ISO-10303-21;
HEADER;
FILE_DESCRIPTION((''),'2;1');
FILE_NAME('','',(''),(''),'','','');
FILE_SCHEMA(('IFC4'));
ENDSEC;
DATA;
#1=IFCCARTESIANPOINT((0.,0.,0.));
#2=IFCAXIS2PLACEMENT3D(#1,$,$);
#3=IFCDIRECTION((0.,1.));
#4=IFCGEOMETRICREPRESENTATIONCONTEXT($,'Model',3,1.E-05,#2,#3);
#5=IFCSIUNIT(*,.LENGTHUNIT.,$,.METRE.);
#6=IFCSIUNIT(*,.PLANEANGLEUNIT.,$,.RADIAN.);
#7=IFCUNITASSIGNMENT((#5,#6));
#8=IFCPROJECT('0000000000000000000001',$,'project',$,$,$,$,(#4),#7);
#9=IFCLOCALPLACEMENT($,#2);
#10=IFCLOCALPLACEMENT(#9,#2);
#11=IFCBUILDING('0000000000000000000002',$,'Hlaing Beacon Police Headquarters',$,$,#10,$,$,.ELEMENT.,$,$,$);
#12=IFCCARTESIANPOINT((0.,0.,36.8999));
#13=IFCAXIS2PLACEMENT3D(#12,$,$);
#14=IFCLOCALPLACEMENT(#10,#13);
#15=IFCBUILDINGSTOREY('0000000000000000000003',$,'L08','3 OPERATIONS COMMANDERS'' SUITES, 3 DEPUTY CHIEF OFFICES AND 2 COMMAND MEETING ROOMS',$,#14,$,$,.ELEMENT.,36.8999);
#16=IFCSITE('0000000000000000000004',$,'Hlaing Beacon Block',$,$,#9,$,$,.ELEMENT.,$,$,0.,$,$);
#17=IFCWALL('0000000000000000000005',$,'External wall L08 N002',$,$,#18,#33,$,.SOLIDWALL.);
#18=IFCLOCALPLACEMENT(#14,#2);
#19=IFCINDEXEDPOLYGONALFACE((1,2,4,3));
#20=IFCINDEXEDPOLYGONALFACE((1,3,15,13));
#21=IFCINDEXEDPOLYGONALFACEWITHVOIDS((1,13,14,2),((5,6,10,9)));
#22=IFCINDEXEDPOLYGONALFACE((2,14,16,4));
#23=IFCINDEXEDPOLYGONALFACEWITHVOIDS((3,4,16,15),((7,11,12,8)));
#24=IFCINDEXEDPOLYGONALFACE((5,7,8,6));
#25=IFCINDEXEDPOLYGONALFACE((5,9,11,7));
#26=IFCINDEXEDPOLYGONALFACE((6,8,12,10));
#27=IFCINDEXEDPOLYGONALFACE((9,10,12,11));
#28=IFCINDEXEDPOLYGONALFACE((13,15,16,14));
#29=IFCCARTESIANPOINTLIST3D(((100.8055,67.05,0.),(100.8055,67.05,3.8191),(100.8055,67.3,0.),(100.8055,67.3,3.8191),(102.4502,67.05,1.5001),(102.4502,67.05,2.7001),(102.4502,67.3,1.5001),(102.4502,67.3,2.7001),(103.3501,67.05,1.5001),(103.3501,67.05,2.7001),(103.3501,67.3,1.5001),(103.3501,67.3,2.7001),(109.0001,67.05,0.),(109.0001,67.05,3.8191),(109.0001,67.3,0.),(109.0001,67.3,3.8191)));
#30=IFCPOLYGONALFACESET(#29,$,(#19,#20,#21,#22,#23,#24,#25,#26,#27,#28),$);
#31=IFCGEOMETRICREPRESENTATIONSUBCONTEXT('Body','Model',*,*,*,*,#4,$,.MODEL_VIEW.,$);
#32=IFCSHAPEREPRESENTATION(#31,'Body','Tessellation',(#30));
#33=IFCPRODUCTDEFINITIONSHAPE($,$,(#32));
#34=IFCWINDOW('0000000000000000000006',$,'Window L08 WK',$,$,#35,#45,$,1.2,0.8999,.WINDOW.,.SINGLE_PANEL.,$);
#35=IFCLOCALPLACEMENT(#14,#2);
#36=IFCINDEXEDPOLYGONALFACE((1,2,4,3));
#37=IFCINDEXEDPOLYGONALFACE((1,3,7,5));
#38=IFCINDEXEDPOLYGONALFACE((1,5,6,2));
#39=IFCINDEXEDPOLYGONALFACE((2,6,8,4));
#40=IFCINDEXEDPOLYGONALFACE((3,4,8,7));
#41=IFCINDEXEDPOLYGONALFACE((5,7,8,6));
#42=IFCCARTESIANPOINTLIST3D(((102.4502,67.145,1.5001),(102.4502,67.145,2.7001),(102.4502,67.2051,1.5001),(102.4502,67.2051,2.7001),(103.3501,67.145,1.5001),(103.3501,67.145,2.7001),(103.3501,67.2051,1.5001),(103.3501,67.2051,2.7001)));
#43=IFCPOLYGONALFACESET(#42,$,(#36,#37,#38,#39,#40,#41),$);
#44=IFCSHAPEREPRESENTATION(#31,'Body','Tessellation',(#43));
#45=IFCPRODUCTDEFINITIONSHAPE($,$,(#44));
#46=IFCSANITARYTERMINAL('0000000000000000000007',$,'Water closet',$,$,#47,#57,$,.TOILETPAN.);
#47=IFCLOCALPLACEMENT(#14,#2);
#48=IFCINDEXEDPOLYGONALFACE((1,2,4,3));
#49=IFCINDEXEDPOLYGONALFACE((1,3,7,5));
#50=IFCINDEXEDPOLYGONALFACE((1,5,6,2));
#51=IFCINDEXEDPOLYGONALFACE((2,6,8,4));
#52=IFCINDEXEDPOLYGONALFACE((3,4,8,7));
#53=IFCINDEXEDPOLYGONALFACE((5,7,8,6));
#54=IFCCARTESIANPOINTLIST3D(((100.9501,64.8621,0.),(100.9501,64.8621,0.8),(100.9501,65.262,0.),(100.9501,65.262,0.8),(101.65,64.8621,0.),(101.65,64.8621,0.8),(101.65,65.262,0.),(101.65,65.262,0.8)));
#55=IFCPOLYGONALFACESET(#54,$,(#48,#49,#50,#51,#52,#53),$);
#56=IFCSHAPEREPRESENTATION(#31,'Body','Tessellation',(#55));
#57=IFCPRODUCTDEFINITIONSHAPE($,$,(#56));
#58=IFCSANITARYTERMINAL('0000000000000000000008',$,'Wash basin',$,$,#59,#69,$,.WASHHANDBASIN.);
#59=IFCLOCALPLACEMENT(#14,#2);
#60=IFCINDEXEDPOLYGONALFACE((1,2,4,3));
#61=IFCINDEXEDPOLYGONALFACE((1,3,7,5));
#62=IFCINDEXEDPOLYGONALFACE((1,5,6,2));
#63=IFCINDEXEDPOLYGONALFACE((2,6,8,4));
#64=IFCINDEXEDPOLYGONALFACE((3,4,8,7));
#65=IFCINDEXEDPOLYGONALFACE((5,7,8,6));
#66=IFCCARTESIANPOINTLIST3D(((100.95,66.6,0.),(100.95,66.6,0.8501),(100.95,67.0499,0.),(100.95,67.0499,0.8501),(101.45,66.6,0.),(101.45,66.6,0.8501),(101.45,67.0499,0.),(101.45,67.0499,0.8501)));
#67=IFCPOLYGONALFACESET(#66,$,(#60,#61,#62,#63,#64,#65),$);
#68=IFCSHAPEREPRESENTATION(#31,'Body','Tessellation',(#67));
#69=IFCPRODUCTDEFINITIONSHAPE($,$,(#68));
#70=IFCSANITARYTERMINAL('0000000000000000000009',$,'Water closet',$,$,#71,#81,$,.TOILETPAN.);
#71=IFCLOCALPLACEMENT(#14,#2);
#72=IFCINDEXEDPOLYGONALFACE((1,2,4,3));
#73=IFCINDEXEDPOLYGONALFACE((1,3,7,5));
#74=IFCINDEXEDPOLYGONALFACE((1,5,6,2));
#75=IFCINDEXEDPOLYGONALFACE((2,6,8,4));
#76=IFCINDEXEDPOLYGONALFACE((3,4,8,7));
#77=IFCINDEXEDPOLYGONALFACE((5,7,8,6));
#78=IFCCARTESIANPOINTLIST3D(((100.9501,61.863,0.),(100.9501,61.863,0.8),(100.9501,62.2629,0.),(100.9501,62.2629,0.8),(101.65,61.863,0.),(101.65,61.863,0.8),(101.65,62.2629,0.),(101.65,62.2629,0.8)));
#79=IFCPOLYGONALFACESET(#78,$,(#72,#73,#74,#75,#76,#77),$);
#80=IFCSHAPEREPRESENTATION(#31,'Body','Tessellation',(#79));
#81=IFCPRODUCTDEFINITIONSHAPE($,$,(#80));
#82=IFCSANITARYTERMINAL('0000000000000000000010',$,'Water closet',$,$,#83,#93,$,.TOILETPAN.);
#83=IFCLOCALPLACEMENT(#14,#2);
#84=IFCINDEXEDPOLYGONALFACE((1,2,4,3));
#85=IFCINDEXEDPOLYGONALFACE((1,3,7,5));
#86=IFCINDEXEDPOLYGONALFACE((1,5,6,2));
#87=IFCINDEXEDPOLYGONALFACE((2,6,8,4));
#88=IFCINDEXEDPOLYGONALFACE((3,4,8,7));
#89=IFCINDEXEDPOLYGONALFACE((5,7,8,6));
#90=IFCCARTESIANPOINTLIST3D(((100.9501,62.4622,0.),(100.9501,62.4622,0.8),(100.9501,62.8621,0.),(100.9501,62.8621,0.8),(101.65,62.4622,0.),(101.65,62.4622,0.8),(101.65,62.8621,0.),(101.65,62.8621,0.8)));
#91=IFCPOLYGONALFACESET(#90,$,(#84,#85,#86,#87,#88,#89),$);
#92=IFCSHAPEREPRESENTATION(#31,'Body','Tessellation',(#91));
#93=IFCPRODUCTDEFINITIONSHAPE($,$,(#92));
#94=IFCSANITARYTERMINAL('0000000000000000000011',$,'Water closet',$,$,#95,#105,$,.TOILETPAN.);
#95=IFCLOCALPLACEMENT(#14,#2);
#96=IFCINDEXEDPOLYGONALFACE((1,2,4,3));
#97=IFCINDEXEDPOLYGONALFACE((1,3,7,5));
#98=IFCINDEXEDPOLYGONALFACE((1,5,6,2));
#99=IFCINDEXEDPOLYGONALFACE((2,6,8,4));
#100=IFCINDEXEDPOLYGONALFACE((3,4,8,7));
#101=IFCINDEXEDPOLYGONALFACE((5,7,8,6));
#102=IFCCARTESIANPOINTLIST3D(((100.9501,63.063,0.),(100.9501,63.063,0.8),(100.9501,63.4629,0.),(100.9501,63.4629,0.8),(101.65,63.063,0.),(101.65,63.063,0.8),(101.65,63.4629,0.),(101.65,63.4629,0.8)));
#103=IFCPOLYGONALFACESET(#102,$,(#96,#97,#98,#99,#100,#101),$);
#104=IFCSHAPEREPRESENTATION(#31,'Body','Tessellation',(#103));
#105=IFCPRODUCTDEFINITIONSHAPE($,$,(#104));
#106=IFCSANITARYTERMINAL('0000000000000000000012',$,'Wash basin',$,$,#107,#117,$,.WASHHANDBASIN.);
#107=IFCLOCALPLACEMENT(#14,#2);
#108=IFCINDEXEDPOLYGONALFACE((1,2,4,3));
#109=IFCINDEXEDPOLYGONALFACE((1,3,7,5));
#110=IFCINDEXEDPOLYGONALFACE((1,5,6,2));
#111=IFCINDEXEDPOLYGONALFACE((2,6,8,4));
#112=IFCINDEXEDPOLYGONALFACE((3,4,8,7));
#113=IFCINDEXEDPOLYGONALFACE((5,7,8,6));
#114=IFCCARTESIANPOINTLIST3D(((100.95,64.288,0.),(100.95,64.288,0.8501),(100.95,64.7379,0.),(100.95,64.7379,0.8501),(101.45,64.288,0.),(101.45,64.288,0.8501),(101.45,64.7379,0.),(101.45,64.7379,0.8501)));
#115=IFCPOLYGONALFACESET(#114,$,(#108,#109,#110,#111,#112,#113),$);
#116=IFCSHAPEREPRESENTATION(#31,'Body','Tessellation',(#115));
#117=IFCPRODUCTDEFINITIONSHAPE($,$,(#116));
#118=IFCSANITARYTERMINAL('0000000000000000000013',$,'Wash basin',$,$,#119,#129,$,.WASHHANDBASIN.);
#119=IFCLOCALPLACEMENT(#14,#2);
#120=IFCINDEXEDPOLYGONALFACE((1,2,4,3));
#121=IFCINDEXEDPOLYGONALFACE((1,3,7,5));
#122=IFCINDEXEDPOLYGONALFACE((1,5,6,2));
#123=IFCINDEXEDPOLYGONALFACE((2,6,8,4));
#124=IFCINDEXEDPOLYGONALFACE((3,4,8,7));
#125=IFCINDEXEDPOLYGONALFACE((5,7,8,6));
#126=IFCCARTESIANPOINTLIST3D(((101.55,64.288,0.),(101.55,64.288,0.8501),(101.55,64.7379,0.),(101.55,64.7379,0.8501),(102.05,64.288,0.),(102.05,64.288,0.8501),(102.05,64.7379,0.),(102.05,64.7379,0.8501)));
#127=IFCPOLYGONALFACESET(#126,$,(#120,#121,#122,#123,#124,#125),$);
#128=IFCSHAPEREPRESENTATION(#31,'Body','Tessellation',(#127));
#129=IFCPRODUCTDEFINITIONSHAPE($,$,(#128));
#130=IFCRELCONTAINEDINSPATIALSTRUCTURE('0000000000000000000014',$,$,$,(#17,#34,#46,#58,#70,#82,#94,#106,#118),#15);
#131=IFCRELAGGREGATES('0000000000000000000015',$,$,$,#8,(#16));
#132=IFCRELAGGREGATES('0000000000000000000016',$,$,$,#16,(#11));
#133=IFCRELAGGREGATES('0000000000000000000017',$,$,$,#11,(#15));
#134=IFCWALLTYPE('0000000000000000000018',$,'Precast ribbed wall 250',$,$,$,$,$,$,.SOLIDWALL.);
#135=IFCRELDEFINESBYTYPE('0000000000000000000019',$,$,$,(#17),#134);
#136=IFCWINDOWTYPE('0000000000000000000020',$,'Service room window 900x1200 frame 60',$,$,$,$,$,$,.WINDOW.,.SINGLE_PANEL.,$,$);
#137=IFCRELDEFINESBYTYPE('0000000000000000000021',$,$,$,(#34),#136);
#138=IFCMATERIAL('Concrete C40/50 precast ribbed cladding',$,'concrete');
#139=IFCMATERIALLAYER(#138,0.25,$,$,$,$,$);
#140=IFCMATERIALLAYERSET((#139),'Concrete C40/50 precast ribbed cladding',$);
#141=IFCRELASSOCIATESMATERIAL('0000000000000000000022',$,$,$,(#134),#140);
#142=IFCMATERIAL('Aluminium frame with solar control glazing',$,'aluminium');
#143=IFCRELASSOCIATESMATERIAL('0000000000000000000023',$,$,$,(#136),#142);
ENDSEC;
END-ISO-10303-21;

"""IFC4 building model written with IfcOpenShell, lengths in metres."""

from ifc_helpers import new_model, si_unit, direction, frame, frame_2d, origin, origin_2d, place, context, subcontext, project, spatial, rectangle, extrude, material, layer, layer_set, type_object, element, fill, save


model = new_model("IFC4")

# Units and contexts
model_context = context("Model", 3, precision=1e-05, world=origin(), true_north=direction((0.0, 1.0)))
body_context = subcontext(model_context, "Body", "Model", "MODEL_VIEW")
ifc_project = project(units=[si_unit("LENGTHUNIT", "METRE"), si_unit("PLANEANGLEUNIT", "RADIAN")], contexts=[model_context])

# Site, building, storey
site_placement = place(None, origin())
site = spatial("IfcSite", under=ifc_project, at=site_placement, Name="Hlaing Beacon Block", CompositionType="ELEMENT", RefElevation=0.0)
building_placement = place(site_placement, origin())
building = spatial("IfcBuilding", under=site, at=building_placement, Name="Hlaing Beacon Police Headquarters", CompositionType="ELEMENT")
storey_placement = place(building_placement, frame((0.0, 0.0, 36.8999)))
storey = spatial("IfcBuildingStorey", under=building, at=storey_placement, Name="L08", Description="3 OPERATIONS COMMANDERS' SUITES, 3 DEPUTY CHIEF OFFICES AND 2 COMMAND MEETING ROOMS", CompositionType="ELEMENT", Elevation=36.8999)

# Wall, opening, window
ifc_material_1 = material(Name="Concrete C40/50 precast ribbed cladding", Category="concrete")
ifc_layer_1 = layer(ifc_material_1, 0.25)
ifc_layer_set_1 = layer_set([ifc_layer_1], Name="Concrete C40/50 precast ribbed cladding")
wall_type_1 = type_object("IfcWallType", Name="Precast ribbed wall 250", PredefinedType="SOLIDWALL", material=ifc_layer_set_1)
wall_1_placement = place(storey_placement, frame((109.0, 67.175, 0.0), z_axis=(0.0, 0.0, 1.0), x_axis=(-1.0, 0.0, 0.0)))
wall_1 = element("IfcWall", 1, at=wall_1_placement, inside=storey, type_object=wall_type_1, Name="External wall L08 N002", PredefinedType="SOLIDWALL", context=body_context, shape_type="SweptSolid", body=[
    extrude(rectangle(XDim=8.1946, YDim=0.25, at=frame_2d((4.0972, 0.0))), origin(), (0.0, 0.0, 1.0), 3.8191),
])
opening_1_placement = place(wall_1_placement, frame((5.6499, 0.0, 1.5)))
opening_1 = element("IfcOpeningElement", 2, at=opening_1_placement, cuts=wall_1, PredefinedType="OPENING", context=body_context, shape_type="SweptSolid", body=[
    extrude(rectangle(XDim=0.8999, YDim=1.2, at=frame_2d((0.45, 0.6001))), frame((0.0, 0.135, 0.0), z_axis=(0.0, -1.0, 0.0), x_axis=(1.0, 0.0, 0.0)), (0.0, 0.0, 1.0), 0.27),
])
ifc_material_2 = material(Name="Aluminium frame with solar control glazing", Category="aluminium")
window_type = type_object("IfcWindowType", Name="Service room window 900x1200 frame 60", PartitioningType="SINGLE_PANEL", PredefinedType="WINDOW", material=ifc_material_2)
window_placement = place(opening_1_placement, origin())
window = element("IfcWindow", 3, at=window_placement, inside=storey, type_object=window_type, Name="Window L08 WK", OverallHeight=1.2, OverallWidth=0.8999, PartitioningType="SINGLE_PANEL", PredefinedType="WINDOW", context=body_context, shape_type="SweptSolid", body=[
    extrude(rectangle(XDim=0.8999, YDim=1.2, at=frame_2d((0.45, 0.6001))), frame((0.0, 0.03, 0.0), z_axis=(0.0, -1.0, 0.0), x_axis=(1.0, 0.0, 0.0)), (0.0, 0.0, 1.0), 0.0601),
])
fill(opening_1, window)

# Sanitary terminals
sanitary_terminal_1_placement = place(storey_placement, frame((101.3, 65.062, 0.0), z_axis=(0.0, 0.0, 1.0), x_axis=(1.0, 0.0, 0.0)))
element("IfcSanitaryTerminal", 4, at=sanitary_terminal_1_placement, inside=storey, Name="Water closet", PredefinedType="TOILETPAN", context=body_context, shape_type="SweptSolid", body=[
    extrude(rectangle(XDim=0.7, YDim=0.3999, at=origin_2d()), origin(), (0.0, 0.0, 1.0), 0.8),
])
sanitary_terminal_2_placement = place(storey_placement, frame((101.2, 66.825, 0.0), z_axis=(0.0, 0.0, 1.0), x_axis=(1.0, 0.0, 0.0)))
element("IfcSanitaryTerminal", 5, at=sanitary_terminal_2_placement, inside=storey, Name="Wash basin", PredefinedType="WASHHANDBASIN", context=body_context, shape_type="SweptSolid", body=[
    extrude(rectangle(XDim=0.5, YDim=0.45, at=origin_2d()), origin(), (0.0, 0.0, 1.0), 0.8501),
])
for number, where, z_axis, x_axis, name in (
    (6, (101.3, 62.063, 0.0), (0.0, 0.0, 1.0), (1.0, 0.0, 0.0), "Water closet"),
    (7, (101.3, 62.6621, 0.0), (0.0, 0.0, 1.0), (1.0, 0.0, 0.0), "Water closet"),
    (8, (101.3, 63.2629, 0.0), (0.0, 0.0, 1.0), (1.0, 0.0, 0.0), "Water closet"),
):
    element("IfcSanitaryTerminal", number, at=place(storey_placement, frame(where, z_axis=z_axis, x_axis=x_axis)), inside=storey, Name=name, PredefinedType="TOILETPAN", context=body_context, shape_type="SweptSolid", body=[
        extrude(rectangle(XDim=0.7, YDim=0.3999, at=origin_2d()), origin(), (0.0, 0.0, 1.0), 0.8),
    ])
for number, where, z_axis, x_axis, name in (
    (9, (101.2, 64.5129, 0.0), (0.0, 0.0, 1.0), (1.0, 0.0, 0.0), "Wash basin"),
    (10, (101.8, 64.5129, 0.0), (0.0, 0.0, 1.0), (1.0, 0.0, 0.0), "Wash basin"),
):
    element("IfcSanitaryTerminal", number, at=place(storey_placement, frame(where, z_axis=z_axis, x_axis=x_axis)), inside=storey, Name=name, PredefinedType="WASHHANDBASIN", context=body_context, shape_type="SweptSolid", body=[
        extrude(rectangle(XDim=0.5, YDim=0.45, at=origin_2d()), origin(), (0.0, 0.0, 1.0), 0.8501),
    ])

save(model, "model.ifc")
